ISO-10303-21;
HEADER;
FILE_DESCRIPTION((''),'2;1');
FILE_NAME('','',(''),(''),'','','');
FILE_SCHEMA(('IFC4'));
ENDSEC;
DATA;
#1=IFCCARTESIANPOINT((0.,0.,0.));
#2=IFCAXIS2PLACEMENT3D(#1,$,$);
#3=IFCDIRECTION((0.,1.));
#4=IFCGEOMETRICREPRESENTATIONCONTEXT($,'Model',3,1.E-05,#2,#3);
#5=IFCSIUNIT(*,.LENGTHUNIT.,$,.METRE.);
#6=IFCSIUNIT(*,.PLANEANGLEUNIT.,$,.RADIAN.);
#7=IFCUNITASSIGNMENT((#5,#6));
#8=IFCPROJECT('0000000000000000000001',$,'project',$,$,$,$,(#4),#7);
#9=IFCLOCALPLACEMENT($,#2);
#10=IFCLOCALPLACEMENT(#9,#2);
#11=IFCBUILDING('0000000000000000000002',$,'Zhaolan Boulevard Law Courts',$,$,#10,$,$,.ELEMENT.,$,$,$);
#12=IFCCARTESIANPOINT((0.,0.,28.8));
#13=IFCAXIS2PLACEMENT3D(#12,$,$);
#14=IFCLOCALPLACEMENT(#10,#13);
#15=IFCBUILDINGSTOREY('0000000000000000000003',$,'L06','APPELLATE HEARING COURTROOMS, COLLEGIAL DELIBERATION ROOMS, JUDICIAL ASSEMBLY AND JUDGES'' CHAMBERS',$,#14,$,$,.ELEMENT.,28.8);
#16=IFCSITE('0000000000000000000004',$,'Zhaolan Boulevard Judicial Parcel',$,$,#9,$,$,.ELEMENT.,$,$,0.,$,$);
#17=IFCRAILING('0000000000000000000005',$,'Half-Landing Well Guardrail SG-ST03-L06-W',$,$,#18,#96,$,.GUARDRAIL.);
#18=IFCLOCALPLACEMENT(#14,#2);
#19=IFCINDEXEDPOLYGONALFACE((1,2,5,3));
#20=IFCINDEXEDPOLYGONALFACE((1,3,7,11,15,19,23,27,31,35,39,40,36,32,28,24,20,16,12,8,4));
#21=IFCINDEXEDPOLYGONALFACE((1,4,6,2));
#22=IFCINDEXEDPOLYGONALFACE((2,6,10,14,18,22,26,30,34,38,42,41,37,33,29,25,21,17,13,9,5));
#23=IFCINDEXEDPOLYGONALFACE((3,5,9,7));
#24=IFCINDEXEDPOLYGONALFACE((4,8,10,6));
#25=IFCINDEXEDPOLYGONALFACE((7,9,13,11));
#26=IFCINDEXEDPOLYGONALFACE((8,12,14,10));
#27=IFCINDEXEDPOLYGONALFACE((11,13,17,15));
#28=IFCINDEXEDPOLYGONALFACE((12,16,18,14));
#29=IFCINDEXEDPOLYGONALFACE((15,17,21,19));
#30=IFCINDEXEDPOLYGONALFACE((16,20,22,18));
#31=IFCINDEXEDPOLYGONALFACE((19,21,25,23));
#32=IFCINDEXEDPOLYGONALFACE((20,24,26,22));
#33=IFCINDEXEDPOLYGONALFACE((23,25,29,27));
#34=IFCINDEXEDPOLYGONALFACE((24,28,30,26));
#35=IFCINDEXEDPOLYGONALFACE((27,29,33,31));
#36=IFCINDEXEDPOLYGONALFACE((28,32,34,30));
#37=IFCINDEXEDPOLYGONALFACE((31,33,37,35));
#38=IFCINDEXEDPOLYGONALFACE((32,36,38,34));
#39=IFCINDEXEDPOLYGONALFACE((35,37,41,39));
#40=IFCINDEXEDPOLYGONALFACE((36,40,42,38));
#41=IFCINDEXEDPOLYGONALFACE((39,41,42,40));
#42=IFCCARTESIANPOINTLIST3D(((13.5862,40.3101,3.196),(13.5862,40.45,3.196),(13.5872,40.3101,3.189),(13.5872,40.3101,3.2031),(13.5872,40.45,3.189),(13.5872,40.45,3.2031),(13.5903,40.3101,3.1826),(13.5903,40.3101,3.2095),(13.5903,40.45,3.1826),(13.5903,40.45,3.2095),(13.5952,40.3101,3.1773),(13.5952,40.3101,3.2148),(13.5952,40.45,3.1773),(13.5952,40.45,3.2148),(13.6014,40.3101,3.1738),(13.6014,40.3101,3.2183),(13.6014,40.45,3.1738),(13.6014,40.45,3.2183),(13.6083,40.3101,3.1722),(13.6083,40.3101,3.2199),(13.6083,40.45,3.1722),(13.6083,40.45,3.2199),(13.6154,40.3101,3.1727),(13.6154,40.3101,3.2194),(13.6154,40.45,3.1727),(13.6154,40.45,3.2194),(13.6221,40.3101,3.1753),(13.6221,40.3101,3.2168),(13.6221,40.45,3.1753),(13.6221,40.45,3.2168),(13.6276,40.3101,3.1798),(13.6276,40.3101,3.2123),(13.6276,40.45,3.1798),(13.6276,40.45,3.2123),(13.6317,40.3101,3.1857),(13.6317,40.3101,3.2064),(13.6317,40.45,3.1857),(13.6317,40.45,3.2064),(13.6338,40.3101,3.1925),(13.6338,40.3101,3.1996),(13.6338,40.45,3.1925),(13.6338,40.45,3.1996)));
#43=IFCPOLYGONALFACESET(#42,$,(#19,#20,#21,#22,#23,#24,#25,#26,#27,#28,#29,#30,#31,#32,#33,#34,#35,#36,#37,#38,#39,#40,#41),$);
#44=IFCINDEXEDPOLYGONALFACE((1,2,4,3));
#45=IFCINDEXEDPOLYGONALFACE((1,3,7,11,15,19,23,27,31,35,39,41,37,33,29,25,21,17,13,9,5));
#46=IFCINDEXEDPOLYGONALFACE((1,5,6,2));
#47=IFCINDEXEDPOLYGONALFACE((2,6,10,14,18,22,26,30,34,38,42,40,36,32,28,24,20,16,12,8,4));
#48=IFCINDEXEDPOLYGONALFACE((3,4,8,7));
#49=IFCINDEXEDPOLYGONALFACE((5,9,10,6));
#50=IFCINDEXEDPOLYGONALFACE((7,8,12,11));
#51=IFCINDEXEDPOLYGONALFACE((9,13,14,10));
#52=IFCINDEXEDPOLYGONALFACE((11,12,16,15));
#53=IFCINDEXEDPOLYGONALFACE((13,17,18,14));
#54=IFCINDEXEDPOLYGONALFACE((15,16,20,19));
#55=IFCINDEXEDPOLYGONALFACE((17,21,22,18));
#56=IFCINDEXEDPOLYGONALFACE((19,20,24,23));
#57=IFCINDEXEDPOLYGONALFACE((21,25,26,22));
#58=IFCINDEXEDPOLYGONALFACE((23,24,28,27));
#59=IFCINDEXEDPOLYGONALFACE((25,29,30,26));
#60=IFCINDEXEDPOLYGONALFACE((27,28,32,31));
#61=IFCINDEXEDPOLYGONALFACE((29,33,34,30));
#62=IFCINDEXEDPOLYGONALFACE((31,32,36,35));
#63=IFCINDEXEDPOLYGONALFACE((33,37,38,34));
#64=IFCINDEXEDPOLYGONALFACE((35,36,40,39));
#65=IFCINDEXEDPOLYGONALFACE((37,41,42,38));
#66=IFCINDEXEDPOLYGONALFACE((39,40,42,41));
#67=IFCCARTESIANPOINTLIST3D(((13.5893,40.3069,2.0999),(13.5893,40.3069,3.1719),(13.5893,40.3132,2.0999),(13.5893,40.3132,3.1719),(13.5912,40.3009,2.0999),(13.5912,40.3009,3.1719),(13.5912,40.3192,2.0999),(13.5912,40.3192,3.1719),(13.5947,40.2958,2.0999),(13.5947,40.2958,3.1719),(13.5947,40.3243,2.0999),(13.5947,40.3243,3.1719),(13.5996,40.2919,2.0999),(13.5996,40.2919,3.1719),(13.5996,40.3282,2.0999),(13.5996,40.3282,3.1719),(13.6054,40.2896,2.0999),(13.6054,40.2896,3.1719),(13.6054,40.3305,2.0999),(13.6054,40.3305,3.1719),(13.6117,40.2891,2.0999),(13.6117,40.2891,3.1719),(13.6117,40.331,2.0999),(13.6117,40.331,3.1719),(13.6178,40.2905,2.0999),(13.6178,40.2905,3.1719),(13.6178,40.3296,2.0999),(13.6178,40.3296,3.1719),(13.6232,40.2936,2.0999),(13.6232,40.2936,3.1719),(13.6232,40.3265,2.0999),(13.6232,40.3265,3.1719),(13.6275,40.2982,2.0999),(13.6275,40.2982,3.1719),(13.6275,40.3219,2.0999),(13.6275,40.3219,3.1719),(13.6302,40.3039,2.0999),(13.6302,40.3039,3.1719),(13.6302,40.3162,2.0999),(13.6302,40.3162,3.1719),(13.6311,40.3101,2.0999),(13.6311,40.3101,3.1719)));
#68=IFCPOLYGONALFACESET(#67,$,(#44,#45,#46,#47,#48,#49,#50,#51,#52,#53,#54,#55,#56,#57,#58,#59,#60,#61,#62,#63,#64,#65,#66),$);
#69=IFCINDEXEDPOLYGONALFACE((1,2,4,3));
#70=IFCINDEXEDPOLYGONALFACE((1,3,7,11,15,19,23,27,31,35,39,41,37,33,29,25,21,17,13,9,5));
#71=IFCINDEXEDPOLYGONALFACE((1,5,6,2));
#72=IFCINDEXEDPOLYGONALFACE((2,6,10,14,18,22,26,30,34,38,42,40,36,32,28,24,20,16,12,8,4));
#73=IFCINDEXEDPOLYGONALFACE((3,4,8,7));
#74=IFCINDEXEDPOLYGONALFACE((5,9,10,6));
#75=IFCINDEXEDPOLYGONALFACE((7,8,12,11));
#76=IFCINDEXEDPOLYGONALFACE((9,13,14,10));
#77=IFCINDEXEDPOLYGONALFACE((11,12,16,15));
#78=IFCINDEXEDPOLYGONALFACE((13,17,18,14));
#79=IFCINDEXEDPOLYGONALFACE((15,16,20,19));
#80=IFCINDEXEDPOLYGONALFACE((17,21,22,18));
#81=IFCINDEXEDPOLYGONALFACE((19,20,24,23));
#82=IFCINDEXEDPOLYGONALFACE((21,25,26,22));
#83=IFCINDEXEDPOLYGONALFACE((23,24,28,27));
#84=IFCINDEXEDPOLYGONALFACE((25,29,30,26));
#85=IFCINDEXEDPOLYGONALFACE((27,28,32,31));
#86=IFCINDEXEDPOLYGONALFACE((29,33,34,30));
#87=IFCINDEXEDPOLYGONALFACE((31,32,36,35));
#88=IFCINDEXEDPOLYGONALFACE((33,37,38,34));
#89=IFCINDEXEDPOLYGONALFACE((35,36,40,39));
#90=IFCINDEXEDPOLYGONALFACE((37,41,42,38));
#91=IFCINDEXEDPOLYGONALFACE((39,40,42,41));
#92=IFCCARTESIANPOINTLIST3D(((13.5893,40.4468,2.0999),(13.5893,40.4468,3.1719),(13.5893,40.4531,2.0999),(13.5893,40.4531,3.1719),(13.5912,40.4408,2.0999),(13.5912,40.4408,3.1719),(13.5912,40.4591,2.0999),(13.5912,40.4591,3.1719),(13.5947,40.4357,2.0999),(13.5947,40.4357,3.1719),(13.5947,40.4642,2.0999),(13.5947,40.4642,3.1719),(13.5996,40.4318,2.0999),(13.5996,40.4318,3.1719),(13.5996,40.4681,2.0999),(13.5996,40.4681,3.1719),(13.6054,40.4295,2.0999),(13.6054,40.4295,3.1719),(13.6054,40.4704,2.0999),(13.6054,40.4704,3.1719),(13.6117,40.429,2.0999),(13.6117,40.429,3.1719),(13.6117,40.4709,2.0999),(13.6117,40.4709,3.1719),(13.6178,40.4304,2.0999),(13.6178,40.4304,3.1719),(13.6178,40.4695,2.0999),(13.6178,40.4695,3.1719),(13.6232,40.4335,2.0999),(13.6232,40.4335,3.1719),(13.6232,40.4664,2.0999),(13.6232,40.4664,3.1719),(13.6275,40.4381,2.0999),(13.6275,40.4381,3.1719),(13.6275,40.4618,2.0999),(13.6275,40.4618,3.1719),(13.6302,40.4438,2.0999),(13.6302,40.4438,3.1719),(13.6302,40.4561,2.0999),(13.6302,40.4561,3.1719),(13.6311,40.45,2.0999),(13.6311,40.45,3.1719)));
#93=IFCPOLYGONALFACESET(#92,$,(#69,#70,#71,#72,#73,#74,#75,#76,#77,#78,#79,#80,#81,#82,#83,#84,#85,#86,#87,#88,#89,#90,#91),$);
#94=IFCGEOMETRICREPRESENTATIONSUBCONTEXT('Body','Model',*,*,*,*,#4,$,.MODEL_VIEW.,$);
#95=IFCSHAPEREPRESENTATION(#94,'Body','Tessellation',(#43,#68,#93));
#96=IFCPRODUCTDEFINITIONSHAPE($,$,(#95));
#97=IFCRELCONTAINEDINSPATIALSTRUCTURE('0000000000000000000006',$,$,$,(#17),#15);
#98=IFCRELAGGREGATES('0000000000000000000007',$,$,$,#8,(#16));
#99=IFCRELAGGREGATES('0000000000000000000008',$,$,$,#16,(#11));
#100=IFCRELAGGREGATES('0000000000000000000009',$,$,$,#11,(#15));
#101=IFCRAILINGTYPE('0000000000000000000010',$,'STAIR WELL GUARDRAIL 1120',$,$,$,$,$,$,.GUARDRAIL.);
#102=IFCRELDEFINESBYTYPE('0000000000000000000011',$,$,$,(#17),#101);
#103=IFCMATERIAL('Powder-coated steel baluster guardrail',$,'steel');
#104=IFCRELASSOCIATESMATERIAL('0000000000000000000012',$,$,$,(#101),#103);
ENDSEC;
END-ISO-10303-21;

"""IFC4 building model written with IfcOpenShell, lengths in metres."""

from ifc_helpers import new_model, si_unit, direction, frame, origin, origin_2d, place, context, subcontext, project, spatial, circle, extrude, material, type_object, element, save


model = new_model("IFC4")

# Units and contexts
model_context = context("Model", 3, precision=1e-05, world=origin(), true_north=direction((0.0, 1.0)))
body_context = subcontext(model_context, "Body", "Model", "MODEL_VIEW")
ifc_project = project(units=[si_unit("LENGTHUNIT", "METRE"), si_unit("PLANEANGLEUNIT", "RADIAN")], contexts=[model_context])

# Site, building, storey
site_placement = place(None, origin())
site = spatial("IfcSite", under=ifc_project, at=site_placement, Name="Zhaolan Boulevard Judicial Parcel", CompositionType="ELEMENT", RefElevation=0.0)
building_placement = place(site_placement, origin())
building = spatial("IfcBuilding", under=site, at=building_placement, Name="Zhaolan Boulevard Law Courts", CompositionType="ELEMENT")
storey_placement = place(building_placement, frame((0.0, 0.0, 28.8)))
storey = spatial("IfcBuildingStorey", under=building, at=storey_placement, Name="L06", Description="APPELLATE HEARING COURTROOMS, COLLEGIAL DELIBERATION ROOMS, JUDICIAL ASSEMBLY AND JUDGES' CHAMBERS", CompositionType="ELEMENT", Elevation=28.8)

# Railing
ifc_material_1 = material(Name="Powder-coated steel baluster guardrail", Category="steel")
railing_type_1 = type_object("IfcRailingType", Name="STAIR WELL GUARDRAIL 1120", PredefinedType="GUARDRAIL", material=ifc_material_1)
railing_1_placement = place(storey_placement, frame((13.6101, 40.3101, 2.0999)))
element("IfcRailing", 1, at=railing_1_placement, inside=storey, type_object=railing_type_1, Name="Half-Landing Well Guardrail SG-ST03-L06-W", PredefinedType="GUARDRAIL", context=body_context, shape_type="SweptSolid", body=[
    extrude(circle(Radius=0.0239, at=origin_2d()), frame((0.0, 0.0, 1.0962), z_axis=(0.0, 1.0, 0.0), x_axis=(-1.0, 0.0, 0.0)), (0.0, 0.0, 1.0), 0.1399),
    extrude(circle(Radius=0.021, at=origin_2d()), origin(), (0.0, 0.0, 1.0), 1.072),
    extrude(circle(Radius=0.021, at=origin_2d()), frame((0.0, 0.1399, 0.0)), (0.0, 0.0, 1.0), 1.072),
])

save(model, "model.ifc")
